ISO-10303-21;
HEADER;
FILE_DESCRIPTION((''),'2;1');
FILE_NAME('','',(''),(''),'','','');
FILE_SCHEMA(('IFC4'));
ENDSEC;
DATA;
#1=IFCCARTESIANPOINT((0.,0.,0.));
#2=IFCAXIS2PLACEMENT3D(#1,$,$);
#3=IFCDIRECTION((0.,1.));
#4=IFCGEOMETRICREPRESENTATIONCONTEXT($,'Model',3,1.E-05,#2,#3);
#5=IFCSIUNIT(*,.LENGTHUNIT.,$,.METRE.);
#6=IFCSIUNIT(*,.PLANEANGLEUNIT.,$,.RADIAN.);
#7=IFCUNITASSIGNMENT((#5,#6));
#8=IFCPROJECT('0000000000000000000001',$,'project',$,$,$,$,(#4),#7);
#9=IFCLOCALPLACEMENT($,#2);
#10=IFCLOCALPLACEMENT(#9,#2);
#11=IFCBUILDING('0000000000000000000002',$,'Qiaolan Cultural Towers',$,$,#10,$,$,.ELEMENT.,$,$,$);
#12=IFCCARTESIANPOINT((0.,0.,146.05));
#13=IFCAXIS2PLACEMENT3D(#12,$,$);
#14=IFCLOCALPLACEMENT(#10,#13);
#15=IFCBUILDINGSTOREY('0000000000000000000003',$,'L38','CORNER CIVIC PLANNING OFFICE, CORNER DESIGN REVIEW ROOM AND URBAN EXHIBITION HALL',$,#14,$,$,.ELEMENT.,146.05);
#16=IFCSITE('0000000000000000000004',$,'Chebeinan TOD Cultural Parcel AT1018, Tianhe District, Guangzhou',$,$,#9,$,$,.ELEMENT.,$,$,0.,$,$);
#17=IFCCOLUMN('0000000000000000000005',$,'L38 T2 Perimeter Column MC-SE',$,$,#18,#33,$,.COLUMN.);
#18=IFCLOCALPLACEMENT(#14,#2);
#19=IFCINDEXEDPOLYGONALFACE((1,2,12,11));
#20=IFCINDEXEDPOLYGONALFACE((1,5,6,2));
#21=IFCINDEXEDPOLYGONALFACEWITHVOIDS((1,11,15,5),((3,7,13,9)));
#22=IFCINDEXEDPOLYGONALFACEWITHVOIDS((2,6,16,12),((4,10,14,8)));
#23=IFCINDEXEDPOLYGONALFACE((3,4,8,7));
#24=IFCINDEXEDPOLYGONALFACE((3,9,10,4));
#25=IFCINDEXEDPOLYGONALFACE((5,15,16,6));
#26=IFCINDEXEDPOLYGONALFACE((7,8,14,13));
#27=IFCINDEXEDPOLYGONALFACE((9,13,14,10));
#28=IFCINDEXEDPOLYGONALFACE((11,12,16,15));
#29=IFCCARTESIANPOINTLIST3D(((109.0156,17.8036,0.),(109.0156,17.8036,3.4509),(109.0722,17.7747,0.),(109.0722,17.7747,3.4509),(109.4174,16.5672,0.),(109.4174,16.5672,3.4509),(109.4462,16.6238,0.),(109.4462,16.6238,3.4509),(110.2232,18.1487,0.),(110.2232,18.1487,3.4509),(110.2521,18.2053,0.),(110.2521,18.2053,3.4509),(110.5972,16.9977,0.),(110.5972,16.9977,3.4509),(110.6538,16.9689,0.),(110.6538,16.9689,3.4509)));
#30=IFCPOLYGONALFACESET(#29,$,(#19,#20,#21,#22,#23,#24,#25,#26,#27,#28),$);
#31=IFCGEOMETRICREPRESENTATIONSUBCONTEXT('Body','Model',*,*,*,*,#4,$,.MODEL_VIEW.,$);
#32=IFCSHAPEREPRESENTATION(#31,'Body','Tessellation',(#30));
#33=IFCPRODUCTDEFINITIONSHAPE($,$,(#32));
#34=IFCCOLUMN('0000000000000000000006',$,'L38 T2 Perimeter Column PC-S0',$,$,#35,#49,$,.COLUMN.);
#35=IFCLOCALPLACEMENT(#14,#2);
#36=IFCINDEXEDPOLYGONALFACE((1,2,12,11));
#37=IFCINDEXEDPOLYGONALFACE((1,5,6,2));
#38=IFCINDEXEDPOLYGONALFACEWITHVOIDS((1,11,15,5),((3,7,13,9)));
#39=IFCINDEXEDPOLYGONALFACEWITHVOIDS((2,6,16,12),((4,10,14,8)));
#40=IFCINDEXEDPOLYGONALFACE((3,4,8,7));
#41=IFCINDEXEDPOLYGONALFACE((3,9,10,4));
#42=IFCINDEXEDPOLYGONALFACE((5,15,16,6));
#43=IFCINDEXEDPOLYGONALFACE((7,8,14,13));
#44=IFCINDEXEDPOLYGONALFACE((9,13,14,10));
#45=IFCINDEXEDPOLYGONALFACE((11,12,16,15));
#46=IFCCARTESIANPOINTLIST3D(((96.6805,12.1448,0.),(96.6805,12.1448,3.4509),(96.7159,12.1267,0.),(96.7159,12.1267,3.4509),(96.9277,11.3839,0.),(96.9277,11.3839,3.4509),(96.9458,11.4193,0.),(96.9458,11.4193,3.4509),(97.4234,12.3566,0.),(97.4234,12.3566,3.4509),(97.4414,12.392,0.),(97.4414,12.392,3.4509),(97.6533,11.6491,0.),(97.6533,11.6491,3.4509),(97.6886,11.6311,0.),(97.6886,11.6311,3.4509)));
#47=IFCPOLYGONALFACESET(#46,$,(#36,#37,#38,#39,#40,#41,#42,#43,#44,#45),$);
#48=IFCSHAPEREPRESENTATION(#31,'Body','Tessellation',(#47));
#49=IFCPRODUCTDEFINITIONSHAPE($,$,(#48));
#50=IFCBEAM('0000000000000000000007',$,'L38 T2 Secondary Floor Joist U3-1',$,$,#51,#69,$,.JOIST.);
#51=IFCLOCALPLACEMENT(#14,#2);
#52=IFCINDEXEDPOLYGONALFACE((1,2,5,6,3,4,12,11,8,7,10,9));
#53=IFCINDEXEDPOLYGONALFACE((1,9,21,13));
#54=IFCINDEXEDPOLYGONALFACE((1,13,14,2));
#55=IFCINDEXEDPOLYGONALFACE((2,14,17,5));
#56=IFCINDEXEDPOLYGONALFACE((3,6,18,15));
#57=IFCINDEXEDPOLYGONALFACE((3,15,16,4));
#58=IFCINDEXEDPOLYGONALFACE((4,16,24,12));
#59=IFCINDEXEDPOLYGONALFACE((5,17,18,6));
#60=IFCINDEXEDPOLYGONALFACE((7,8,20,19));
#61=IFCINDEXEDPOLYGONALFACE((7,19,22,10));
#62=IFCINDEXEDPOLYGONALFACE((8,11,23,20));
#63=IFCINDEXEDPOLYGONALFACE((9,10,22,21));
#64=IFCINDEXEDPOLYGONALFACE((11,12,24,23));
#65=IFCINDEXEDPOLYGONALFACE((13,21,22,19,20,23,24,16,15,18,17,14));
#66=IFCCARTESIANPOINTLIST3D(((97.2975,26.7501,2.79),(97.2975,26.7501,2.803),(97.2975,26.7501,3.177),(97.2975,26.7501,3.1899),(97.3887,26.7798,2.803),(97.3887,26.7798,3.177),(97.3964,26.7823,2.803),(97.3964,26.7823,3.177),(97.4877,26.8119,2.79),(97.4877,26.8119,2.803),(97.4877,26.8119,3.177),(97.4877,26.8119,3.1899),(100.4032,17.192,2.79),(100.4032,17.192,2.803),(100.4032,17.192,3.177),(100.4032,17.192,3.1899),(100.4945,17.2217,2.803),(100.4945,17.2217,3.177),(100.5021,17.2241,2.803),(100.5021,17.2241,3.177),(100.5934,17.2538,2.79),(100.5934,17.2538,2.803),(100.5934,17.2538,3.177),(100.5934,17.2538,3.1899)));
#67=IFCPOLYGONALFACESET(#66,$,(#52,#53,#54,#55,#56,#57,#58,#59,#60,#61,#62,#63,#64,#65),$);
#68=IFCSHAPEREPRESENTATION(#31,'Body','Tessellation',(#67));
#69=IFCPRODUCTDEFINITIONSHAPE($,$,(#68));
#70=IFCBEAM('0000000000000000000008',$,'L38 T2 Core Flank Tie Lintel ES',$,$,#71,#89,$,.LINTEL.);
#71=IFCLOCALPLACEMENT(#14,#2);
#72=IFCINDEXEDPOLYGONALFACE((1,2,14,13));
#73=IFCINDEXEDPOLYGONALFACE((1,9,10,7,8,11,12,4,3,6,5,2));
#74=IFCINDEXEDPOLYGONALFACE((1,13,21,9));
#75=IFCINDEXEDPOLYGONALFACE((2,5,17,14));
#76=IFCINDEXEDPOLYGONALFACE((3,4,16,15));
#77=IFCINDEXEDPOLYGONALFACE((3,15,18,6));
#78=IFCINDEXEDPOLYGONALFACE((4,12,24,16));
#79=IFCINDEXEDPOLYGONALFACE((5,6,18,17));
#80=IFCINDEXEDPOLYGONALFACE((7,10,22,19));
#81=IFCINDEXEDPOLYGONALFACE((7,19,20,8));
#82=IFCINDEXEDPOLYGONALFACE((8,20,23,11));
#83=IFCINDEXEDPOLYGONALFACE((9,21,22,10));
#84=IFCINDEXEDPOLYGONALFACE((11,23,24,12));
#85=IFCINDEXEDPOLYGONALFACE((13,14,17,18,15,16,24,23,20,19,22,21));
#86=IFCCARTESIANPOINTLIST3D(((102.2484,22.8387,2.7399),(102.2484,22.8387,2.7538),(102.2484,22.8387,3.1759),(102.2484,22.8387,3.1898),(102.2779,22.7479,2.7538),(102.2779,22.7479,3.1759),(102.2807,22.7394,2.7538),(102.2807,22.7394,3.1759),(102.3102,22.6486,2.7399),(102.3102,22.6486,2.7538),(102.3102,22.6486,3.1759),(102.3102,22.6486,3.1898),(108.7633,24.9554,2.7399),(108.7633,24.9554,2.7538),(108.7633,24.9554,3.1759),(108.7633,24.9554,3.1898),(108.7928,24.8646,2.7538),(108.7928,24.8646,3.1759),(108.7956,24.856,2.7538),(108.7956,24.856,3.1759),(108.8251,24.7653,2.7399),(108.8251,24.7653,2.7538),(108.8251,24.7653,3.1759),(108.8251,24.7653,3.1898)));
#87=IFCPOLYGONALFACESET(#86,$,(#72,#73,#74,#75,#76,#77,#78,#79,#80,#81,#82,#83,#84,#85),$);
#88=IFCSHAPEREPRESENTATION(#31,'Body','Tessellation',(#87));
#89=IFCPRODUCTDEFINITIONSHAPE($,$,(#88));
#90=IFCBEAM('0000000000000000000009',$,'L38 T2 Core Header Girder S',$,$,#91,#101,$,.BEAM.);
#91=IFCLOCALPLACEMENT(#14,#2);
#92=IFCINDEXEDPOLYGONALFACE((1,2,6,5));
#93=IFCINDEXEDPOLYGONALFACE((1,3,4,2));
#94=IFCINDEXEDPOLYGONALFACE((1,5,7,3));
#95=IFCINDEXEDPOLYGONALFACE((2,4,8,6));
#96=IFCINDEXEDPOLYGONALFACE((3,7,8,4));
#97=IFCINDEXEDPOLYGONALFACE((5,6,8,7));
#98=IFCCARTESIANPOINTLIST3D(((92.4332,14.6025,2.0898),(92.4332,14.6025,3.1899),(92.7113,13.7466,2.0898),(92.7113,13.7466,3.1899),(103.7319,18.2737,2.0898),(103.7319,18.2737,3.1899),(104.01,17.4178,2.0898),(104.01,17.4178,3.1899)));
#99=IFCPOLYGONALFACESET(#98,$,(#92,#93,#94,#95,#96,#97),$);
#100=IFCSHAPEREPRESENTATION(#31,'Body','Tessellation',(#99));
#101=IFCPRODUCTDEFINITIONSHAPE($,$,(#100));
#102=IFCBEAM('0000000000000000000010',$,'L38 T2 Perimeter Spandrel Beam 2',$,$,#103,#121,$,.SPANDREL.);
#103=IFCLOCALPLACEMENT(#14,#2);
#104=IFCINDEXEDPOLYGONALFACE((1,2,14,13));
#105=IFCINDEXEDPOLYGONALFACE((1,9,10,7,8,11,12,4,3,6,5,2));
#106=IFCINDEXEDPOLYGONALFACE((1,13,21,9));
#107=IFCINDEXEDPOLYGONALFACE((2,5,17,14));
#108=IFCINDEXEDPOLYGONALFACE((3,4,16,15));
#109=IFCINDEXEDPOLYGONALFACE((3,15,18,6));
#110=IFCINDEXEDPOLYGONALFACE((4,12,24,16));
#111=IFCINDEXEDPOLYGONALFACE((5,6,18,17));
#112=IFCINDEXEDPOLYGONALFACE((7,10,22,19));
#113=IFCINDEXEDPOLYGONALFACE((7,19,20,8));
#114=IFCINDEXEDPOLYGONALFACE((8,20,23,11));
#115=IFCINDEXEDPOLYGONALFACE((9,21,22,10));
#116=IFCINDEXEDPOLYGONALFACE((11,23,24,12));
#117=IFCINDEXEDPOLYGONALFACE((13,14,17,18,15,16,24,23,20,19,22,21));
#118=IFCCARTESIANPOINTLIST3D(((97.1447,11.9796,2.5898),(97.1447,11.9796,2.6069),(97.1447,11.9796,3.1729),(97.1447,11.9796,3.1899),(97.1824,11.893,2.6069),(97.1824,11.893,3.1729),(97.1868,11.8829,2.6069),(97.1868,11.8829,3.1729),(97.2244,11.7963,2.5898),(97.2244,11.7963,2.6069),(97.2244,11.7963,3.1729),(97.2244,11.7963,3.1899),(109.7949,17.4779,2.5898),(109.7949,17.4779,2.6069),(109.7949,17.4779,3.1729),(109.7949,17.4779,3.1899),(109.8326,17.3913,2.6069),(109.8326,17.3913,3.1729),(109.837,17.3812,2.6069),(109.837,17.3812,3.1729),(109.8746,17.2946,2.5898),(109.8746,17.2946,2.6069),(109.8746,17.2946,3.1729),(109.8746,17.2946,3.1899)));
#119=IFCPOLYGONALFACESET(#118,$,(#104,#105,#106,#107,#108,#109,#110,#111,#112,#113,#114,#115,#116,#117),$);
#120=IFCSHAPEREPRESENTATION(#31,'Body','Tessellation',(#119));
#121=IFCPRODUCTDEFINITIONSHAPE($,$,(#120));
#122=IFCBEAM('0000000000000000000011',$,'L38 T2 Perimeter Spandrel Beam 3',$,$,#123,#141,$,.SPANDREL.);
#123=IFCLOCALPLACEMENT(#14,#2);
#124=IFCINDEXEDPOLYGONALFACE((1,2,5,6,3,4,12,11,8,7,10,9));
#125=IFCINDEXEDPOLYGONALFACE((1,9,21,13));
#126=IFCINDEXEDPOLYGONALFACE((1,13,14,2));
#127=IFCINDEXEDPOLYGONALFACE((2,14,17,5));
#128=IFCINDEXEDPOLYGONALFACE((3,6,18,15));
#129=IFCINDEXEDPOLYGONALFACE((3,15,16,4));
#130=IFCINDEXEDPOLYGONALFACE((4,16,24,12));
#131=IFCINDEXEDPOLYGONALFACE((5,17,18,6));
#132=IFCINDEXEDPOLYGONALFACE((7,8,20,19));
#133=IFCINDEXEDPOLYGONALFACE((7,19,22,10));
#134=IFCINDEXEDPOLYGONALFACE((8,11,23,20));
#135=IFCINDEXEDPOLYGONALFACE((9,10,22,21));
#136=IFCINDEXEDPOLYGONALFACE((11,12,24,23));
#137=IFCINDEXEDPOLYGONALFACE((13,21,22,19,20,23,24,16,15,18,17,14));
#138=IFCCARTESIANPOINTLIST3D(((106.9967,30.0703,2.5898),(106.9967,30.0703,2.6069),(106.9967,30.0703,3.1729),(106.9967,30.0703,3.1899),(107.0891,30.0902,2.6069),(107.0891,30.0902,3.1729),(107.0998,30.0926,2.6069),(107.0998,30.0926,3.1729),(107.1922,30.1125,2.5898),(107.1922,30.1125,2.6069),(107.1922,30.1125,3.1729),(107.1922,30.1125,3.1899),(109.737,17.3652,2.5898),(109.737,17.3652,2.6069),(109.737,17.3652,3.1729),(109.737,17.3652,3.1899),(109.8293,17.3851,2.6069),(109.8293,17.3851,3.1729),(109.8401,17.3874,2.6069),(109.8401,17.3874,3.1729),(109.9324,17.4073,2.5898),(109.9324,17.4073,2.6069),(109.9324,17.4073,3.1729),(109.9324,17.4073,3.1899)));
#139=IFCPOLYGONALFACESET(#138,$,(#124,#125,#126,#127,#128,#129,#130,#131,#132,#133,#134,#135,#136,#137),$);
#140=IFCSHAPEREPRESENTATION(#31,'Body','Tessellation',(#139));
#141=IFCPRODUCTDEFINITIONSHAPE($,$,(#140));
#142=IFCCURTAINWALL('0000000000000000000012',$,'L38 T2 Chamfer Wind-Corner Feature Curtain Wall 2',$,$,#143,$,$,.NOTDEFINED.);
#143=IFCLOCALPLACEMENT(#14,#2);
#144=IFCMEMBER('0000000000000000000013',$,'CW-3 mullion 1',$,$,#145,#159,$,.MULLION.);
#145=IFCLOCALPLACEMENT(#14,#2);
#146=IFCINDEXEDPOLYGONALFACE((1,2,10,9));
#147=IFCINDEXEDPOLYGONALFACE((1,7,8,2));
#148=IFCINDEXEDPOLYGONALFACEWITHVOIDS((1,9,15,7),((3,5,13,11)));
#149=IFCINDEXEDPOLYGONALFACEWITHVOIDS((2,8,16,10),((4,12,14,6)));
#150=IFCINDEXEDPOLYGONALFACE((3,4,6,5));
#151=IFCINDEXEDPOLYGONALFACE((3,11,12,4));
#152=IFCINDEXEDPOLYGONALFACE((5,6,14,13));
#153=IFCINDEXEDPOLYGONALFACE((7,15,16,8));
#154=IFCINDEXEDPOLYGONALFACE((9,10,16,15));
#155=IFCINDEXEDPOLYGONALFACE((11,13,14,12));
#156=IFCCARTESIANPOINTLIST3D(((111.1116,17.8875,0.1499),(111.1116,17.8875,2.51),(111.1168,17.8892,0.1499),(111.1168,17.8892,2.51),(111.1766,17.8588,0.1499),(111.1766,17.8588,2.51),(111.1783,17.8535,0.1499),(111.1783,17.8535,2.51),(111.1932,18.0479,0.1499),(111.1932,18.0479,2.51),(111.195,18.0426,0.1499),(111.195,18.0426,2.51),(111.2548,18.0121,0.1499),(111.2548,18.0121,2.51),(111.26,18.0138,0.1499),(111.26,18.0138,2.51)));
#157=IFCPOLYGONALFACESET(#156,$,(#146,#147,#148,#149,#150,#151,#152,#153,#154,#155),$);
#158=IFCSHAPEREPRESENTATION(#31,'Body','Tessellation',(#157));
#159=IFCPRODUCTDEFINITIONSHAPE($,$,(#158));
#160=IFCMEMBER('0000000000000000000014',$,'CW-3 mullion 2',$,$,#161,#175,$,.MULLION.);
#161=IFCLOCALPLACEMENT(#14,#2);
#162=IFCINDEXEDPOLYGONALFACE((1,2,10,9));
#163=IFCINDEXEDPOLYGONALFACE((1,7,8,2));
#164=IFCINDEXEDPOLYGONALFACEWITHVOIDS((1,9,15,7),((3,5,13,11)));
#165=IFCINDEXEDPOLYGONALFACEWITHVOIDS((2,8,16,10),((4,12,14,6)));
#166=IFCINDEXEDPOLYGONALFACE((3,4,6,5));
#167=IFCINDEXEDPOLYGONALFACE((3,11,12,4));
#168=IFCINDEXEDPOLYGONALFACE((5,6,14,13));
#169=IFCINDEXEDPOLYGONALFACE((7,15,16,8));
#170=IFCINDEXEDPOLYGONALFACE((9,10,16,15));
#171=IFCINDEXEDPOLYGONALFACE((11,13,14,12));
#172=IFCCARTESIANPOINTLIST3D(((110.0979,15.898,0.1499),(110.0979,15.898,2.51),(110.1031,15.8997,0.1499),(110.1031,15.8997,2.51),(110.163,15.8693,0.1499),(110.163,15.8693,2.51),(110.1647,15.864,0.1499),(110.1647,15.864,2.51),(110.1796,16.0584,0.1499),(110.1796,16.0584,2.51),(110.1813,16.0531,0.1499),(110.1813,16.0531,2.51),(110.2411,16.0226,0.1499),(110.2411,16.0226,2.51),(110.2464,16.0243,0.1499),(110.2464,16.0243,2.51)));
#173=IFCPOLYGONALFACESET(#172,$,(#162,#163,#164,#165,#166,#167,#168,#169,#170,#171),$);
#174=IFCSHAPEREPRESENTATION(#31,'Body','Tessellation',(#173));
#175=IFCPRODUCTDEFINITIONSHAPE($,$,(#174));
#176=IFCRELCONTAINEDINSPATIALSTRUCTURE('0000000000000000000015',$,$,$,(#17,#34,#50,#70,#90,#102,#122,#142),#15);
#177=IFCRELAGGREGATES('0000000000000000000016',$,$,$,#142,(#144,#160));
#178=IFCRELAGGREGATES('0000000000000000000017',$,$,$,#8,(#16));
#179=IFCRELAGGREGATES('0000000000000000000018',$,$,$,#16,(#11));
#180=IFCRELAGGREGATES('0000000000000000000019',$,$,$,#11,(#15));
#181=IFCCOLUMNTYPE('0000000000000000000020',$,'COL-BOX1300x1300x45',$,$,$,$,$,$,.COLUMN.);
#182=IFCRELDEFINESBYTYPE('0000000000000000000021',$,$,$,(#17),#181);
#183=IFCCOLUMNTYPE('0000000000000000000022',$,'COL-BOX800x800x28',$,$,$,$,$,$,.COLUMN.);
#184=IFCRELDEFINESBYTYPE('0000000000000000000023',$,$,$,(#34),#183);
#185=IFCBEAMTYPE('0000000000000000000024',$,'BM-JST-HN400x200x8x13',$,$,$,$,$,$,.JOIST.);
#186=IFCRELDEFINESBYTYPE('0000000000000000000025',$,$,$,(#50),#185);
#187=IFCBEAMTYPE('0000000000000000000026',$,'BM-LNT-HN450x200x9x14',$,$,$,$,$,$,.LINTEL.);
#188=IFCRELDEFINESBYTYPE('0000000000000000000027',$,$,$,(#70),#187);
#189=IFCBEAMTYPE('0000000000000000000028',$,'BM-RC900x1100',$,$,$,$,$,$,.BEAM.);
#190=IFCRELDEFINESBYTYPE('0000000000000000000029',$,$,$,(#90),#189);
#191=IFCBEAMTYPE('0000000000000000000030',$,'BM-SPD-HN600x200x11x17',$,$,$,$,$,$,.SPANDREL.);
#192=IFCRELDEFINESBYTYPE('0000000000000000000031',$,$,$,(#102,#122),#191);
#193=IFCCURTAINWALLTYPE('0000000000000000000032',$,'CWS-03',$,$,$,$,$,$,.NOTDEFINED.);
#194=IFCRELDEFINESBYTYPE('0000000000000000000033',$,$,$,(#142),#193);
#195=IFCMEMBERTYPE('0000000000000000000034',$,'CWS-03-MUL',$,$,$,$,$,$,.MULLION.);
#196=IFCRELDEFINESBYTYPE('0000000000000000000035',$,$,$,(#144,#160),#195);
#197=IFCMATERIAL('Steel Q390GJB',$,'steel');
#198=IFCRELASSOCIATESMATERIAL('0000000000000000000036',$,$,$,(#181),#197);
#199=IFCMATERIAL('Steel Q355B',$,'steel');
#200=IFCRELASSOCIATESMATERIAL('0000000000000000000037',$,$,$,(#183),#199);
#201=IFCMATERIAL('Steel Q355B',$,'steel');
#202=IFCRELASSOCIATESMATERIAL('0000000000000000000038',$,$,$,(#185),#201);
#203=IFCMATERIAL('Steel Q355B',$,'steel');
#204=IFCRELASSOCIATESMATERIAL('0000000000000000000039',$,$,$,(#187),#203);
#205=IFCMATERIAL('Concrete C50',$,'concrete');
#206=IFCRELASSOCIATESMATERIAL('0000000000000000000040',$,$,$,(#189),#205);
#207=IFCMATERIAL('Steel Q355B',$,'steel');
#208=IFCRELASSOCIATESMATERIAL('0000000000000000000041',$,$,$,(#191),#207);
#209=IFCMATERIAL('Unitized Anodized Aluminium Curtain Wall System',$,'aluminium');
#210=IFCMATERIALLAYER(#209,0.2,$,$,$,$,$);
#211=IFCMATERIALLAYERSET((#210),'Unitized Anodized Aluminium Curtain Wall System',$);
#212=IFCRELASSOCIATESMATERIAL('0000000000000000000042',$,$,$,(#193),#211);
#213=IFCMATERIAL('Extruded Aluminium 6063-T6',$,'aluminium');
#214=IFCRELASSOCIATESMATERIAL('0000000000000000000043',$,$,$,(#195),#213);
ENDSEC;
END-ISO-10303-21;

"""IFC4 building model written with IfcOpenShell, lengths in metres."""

from ifc_helpers import new_model, si_unit, direction, frame, origin, origin_2d, place, context, subcontext, project, spatial, rectangle, hollow_rectangle, i_section, extrude, material, layer, layer_set, material_profile, profile_set, type_object, element, aggregate, save


model = new_model("IFC4")

# Units and contexts
model_context = context("Model", 3, precision=1e-05, world=origin(), true_north=direction((0.0, 1.0)))
body_context = subcontext(model_context, "Body", "Model", "MODEL_VIEW")
ifc_project = project(units=[si_unit("LENGTHUNIT", "METRE"), si_unit("PLANEANGLEUNIT", "RADIAN")], contexts=[model_context])

# Site, building, storey
site_placement = place(None, origin())
site = spatial("IfcSite", under=ifc_project, at=site_placement, Name="Chebeinan TOD Cultural Parcel AT1018, Tianhe District, Guangzhou", CompositionType="ELEMENT", RefElevation=0.0)
building_placement = place(site_placement, origin())
building = spatial("IfcBuilding", under=site, at=building_placement, Name="Qiaolan Cultural Towers", CompositionType="ELEMENT")
storey_placement = place(building_placement, frame((0.0, 0.0, 146.05)))
storey = spatial("IfcBuildingStorey", under=building, at=storey_placement, Name="L38", Description="CORNER CIVIC PLANNING OFFICE, CORNER DESIGN REVIEW ROOM AND URBAN EXHIBITION HALL", CompositionType="ELEMENT", Elevation=146.05)

# Columns
ifc_material_1 = material(Name="Steel Q390GJB", Category="steel")
ifc_material_profile_1 = material_profile(ifc_material_1, hollow_rectangle(XDim=1.3, YDim=1.3, WallThickness=0.0449, at=origin_2d()), Name="BOX1300x1300x45")
ifc_profile_set_1 = profile_set([ifc_material_profile_1], Name="Steel Q390GJB")
column_type_1 = type_object("IfcColumnType", Name="COL-BOX1300x1300x45", PredefinedType="COLUMN", material=ifc_profile_set_1)
column_1_placement = place(storey_placement, frame((109.8347, 17.3862, 0.0), z_axis=(0.0, 0.0, 1.0), x_axis=(0.951057, 0.309017, 0.0)))
element("IfcColumn", 1, at=column_1_placement, inside=storey, type_object=column_type_1, Name="L38 T2 Perimeter Column MC-SE", PredefinedType="COLUMN", context=body_context, shape_type="SweptSolid", body=[
    extrude(hollow_rectangle(XDim=1.3, YDim=1.3, WallThickness=0.0449, at=origin_2d()), origin(), (0.0, 0.0, 1.0), 3.4509),
])
ifc_material_2 = material(Name="Steel Q355B", Category="steel")
ifc_material_profile_2 = material_profile(ifc_material_2, hollow_rectangle(XDim=0.8, YDim=0.8, WallThickness=0.0281, at=origin_2d()), Name="BOX800x800x28")
ifc_profile_set_2 = profile_set([ifc_material_profile_2], Name="Steel Q355B")
column_type_2 = type_object("IfcColumnType", Name="COL-BOX800x800x28", PredefinedType="COLUMN", material=ifc_profile_set_2)
column_2_placement = place(storey_placement, frame((97.1846, 11.8879, 0.0), z_axis=(0.0, 0.0, 1.0), x_axis=(0.951057, 0.309017, 0.0)))
element("IfcColumn", 2, at=column_2_placement, inside=storey, type_object=column_type_2, Name="L38 T2 Perimeter Column PC-S0", PredefinedType="COLUMN", context=body_context, shape_type="SweptSolid", body=[
    extrude(hollow_rectangle(XDim=0.8, YDim=0.8, WallThickness=0.0281, at=origin_2d()), origin(), (0.0, 0.0, 1.0), 3.4509),
])

# Beams
ifc_material_3 = material(Name="Steel Q355B", Category="steel")
ifc_material_profile_3 = material_profile(ifc_material_3, i_section(OverallWidth=0.2, OverallDepth=0.3999, WebThickness=0.0081, FlangeThickness=0.0129, at=origin_2d()), Name="HN400x200x8x13")
ifc_profile_set_3 = profile_set([ifc_material_profile_3], Name="Steel Q355B")
beam_type_1 = type_object("IfcBeamType", Name="BM-JST-HN400x200x8x13", PredefinedType="JOIST", material=ifc_profile_set_3)
beam_1_placement = place(storey_placement, frame((100.4983, 17.2229, 2.99), z_axis=(-0.309026, 0.951054, 0.0), x_axis=(-0.951054, -0.309026, 0.0)))
element("IfcBeam", 3, at=beam_1_placement, inside=storey, type_object=beam_type_1, Name="L38 T2 Secondary Floor Joist U3-1", PredefinedType="JOIST", context=body_context, shape_type="SweptSolid", body=[
    extrude(i_section(OverallWidth=0.2, OverallDepth=0.3999, WebThickness=0.0081, FlangeThickness=0.0129, at=origin_2d()), origin(), (0.0, 0.0, 1.0), 10.05),
])
ifc_material_4 = material(Name="Steel Q355B", Category="steel")
ifc_material_profile_4 = material_profile(ifc_material_4, i_section(OverallWidth=0.2, OverallDepth=0.45, WebThickness=0.009, FlangeThickness=0.0139, at=origin_2d()), Name="HN450x200x9x14")
ifc_profile_set_4 = profile_set([ifc_material_profile_4], Name="Steel Q355B")
beam_type_2 = type_object("IfcBeamType", Name="BM-LNT-HN450x200x9x14", PredefinedType="LINTEL", material=ifc_profile_set_4)
beam_2_placement = place(storey_placement, frame((102.2793, 22.7437, 2.9648), z_axis=(0.951062, 0.309001, 0.0), x_axis=(-0.309001, 0.951062, 0.0)))
element("IfcBeam", 4, at=beam_2_placement, inside=storey, type_object=beam_type_2, Name="L38 T2 Core Flank Tie Lintel ES", PredefinedType="LINTEL", context=body_context, shape_type="SweptSolid", body=[
    extrude(i_section(OverallWidth=0.2, OverallDepth=0.45, WebThickness=0.009, FlangeThickness=0.0139, at=origin_2d()), origin(), (0.0, 0.0, 1.0), 6.8501),
])
ifc_material_5 = material(Name="Concrete C50", Category="concrete")
ifc_material_profile_5 = material_profile(ifc_material_5, rectangle(XDim=0.8999, YDim=1.1001, at=origin_2d()), Name="RC900x1100")
ifc_profile_set_5 = profile_set([ifc_material_profile_5], Name="Concrete C50")
beam_type_3 = type_object("IfcBeamType", Name="BM-RC900x1100", PredefinedType="BEAM", material=ifc_profile_set_5)
beam_3_placement = place(storey_placement, frame((92.5723, 14.1746, 2.6399), z_axis=(0.951056, 0.309018, 0.0), x_axis=(-0.309018, 0.951056, 0.0)))
element("IfcBeam", 5, at=beam_3_placement, inside=storey, type_object=beam_type_3, Name="L38 T2 Core Header Girder S", PredefinedType="BEAM", context=body_context, shape_type="SweptSolid", body=[
    extrude(rectangle(XDim=0.8999, YDim=1.1001, at=origin_2d()), origin(), (0.0, 0.0, 1.0), 11.8801),
])
ifc_material_6 = material(Name="Steel Q355B", Category="steel")
ifc_material_profile_6 = material_profile(ifc_material_6, i_section(OverallWidth=0.2, OverallDepth=0.6001, WebThickness=0.011, FlangeThickness=0.0171, at=origin_2d()), Name="HN600x200x11x17")
ifc_profile_set_6 = profile_set([ifc_material_profile_6], Name="Steel Q355B")
beam_type_4 = type_object("IfcBeamType", Name="BM-SPD-HN600x200x11x17", PredefinedType="SPANDREL", material=ifc_profile_set_6)
beam_4_placement = place(storey_placement, frame((97.1846, 11.8879, 2.8899), z_axis=(0.917117, 0.398618, 0.0), x_axis=(-0.398618, 0.917117, 0.0)))
element("IfcBeam", 6, at=beam_4_placement, inside=storey, type_object=beam_type_4, Name="L38 T2 Perimeter Spandrel Beam 2", PredefinedType="SPANDREL", context=body_context, shape_type="SweptSolid", body=[
    extrude(i_section(OverallWidth=0.2, OverallDepth=0.6001, WebThickness=0.011, FlangeThickness=0.0171, at=origin_2d()), origin(), (0.0, 0.0, 1.0), 13.7935),
])
beam_5_placement = place(storey_placement, frame((109.8347, 17.3862, 2.8899), z_axis=(-0.210832, 0.977522, 0.0), x_axis=(-0.977522, -0.210832, 0.0)))
element("IfcBeam", 7, at=beam_5_placement, inside=storey, type_object=beam_type_4, Name="L38 T2 Perimeter Spandrel Beam 3", PredefinedType="SPANDREL", context=body_context, shape_type="SweptSolid", body=[
    extrude(i_section(OverallWidth=0.2, OverallDepth=0.6001, WebThickness=0.011, FlangeThickness=0.0171, at=origin_2d()), origin(), (0.0, 0.0, 1.0), 12.9973),
])

# Curtain wall, members
ifc_material_7 = material(Name="Unitized Anodized Aluminium Curtain Wall System", Category="aluminium")
ifc_layer_1 = layer(ifc_material_7, 0.2)
ifc_layer_set_1 = layer_set([ifc_layer_1], Name="Unitized Anodized Aluminium Curtain Wall System")
curtain_wall_type = type_object("IfcCurtainWallType", Name="CWS-03", PredefinedType="NOTDEFINED", material=ifc_layer_set_1)
curtain_wall_placement = place(storey_placement, origin())
curtain_wall = element("IfcCurtainWall", 8, at=curtain_wall_placement, inside=storey, type_object=curtain_wall_type, Name="L38 T2 Chamfer Wind-Corner Feature Curtain Wall 2", PredefinedType="NOTDEFINED")
ifc_material_8 = material(Name="Extruded Aluminium 6063-T6", Category="aluminium")
ifc_material_profile_7 = material_profile(ifc_material_8, hollow_rectangle(XDim=0.075, YDim=0.1799, WallThickness=0.0039, at=origin_2d()), Name="CWM-180x75x4")
ifc_profile_set_7 = profile_set([ifc_material_profile_7], Name="Extruded Aluminium 6063-T6")
member_type_1 = type_object("IfcMemberType", Name="CWS-03-MUL", PredefinedType="MULLION", material=ifc_profile_set_7)
member_1_placement = place(storey_placement, frame((111.1858, 17.9507, 0.1499), z_axis=(0.0, 0.0, 1.0), x_axis=(0.891007, -0.45399, 0.0)))
member_1 = element("IfcMember", 9, at=member_1_placement, type_object=member_type_1, Name="CW-3 mullion 1", PredefinedType="MULLION", context=body_context, shape_type="SweptSolid", body=[
    extrude(hollow_rectangle(XDim=0.075, YDim=0.1799, WallThickness=0.0039, at=origin_2d()), origin(), (0.0, 0.0, 1.0), 2.3601),
])
member_2_placement = place(storey_placement, frame((110.1721, 15.9612, 0.1499), z_axis=(0.0, 0.0, 1.0), x_axis=(0.891007, -0.45399, 0.0)))
member_2 = element("IfcMember", 10, at=member_2_placement, type_object=member_type_1, Name="CW-3 mullion 2", PredefinedType="MULLION", context=body_context, shape_type="SweptSolid", body=[
    extrude(hollow_rectangle(XDim=0.075, YDim=0.1799, WallThickness=0.0039, at=origin_2d()), origin(), (0.0, 0.0, 1.0), 2.3601),
])
aggregate(curtain_wall, [member_1, member_2])

save(model, "model.ifc")
